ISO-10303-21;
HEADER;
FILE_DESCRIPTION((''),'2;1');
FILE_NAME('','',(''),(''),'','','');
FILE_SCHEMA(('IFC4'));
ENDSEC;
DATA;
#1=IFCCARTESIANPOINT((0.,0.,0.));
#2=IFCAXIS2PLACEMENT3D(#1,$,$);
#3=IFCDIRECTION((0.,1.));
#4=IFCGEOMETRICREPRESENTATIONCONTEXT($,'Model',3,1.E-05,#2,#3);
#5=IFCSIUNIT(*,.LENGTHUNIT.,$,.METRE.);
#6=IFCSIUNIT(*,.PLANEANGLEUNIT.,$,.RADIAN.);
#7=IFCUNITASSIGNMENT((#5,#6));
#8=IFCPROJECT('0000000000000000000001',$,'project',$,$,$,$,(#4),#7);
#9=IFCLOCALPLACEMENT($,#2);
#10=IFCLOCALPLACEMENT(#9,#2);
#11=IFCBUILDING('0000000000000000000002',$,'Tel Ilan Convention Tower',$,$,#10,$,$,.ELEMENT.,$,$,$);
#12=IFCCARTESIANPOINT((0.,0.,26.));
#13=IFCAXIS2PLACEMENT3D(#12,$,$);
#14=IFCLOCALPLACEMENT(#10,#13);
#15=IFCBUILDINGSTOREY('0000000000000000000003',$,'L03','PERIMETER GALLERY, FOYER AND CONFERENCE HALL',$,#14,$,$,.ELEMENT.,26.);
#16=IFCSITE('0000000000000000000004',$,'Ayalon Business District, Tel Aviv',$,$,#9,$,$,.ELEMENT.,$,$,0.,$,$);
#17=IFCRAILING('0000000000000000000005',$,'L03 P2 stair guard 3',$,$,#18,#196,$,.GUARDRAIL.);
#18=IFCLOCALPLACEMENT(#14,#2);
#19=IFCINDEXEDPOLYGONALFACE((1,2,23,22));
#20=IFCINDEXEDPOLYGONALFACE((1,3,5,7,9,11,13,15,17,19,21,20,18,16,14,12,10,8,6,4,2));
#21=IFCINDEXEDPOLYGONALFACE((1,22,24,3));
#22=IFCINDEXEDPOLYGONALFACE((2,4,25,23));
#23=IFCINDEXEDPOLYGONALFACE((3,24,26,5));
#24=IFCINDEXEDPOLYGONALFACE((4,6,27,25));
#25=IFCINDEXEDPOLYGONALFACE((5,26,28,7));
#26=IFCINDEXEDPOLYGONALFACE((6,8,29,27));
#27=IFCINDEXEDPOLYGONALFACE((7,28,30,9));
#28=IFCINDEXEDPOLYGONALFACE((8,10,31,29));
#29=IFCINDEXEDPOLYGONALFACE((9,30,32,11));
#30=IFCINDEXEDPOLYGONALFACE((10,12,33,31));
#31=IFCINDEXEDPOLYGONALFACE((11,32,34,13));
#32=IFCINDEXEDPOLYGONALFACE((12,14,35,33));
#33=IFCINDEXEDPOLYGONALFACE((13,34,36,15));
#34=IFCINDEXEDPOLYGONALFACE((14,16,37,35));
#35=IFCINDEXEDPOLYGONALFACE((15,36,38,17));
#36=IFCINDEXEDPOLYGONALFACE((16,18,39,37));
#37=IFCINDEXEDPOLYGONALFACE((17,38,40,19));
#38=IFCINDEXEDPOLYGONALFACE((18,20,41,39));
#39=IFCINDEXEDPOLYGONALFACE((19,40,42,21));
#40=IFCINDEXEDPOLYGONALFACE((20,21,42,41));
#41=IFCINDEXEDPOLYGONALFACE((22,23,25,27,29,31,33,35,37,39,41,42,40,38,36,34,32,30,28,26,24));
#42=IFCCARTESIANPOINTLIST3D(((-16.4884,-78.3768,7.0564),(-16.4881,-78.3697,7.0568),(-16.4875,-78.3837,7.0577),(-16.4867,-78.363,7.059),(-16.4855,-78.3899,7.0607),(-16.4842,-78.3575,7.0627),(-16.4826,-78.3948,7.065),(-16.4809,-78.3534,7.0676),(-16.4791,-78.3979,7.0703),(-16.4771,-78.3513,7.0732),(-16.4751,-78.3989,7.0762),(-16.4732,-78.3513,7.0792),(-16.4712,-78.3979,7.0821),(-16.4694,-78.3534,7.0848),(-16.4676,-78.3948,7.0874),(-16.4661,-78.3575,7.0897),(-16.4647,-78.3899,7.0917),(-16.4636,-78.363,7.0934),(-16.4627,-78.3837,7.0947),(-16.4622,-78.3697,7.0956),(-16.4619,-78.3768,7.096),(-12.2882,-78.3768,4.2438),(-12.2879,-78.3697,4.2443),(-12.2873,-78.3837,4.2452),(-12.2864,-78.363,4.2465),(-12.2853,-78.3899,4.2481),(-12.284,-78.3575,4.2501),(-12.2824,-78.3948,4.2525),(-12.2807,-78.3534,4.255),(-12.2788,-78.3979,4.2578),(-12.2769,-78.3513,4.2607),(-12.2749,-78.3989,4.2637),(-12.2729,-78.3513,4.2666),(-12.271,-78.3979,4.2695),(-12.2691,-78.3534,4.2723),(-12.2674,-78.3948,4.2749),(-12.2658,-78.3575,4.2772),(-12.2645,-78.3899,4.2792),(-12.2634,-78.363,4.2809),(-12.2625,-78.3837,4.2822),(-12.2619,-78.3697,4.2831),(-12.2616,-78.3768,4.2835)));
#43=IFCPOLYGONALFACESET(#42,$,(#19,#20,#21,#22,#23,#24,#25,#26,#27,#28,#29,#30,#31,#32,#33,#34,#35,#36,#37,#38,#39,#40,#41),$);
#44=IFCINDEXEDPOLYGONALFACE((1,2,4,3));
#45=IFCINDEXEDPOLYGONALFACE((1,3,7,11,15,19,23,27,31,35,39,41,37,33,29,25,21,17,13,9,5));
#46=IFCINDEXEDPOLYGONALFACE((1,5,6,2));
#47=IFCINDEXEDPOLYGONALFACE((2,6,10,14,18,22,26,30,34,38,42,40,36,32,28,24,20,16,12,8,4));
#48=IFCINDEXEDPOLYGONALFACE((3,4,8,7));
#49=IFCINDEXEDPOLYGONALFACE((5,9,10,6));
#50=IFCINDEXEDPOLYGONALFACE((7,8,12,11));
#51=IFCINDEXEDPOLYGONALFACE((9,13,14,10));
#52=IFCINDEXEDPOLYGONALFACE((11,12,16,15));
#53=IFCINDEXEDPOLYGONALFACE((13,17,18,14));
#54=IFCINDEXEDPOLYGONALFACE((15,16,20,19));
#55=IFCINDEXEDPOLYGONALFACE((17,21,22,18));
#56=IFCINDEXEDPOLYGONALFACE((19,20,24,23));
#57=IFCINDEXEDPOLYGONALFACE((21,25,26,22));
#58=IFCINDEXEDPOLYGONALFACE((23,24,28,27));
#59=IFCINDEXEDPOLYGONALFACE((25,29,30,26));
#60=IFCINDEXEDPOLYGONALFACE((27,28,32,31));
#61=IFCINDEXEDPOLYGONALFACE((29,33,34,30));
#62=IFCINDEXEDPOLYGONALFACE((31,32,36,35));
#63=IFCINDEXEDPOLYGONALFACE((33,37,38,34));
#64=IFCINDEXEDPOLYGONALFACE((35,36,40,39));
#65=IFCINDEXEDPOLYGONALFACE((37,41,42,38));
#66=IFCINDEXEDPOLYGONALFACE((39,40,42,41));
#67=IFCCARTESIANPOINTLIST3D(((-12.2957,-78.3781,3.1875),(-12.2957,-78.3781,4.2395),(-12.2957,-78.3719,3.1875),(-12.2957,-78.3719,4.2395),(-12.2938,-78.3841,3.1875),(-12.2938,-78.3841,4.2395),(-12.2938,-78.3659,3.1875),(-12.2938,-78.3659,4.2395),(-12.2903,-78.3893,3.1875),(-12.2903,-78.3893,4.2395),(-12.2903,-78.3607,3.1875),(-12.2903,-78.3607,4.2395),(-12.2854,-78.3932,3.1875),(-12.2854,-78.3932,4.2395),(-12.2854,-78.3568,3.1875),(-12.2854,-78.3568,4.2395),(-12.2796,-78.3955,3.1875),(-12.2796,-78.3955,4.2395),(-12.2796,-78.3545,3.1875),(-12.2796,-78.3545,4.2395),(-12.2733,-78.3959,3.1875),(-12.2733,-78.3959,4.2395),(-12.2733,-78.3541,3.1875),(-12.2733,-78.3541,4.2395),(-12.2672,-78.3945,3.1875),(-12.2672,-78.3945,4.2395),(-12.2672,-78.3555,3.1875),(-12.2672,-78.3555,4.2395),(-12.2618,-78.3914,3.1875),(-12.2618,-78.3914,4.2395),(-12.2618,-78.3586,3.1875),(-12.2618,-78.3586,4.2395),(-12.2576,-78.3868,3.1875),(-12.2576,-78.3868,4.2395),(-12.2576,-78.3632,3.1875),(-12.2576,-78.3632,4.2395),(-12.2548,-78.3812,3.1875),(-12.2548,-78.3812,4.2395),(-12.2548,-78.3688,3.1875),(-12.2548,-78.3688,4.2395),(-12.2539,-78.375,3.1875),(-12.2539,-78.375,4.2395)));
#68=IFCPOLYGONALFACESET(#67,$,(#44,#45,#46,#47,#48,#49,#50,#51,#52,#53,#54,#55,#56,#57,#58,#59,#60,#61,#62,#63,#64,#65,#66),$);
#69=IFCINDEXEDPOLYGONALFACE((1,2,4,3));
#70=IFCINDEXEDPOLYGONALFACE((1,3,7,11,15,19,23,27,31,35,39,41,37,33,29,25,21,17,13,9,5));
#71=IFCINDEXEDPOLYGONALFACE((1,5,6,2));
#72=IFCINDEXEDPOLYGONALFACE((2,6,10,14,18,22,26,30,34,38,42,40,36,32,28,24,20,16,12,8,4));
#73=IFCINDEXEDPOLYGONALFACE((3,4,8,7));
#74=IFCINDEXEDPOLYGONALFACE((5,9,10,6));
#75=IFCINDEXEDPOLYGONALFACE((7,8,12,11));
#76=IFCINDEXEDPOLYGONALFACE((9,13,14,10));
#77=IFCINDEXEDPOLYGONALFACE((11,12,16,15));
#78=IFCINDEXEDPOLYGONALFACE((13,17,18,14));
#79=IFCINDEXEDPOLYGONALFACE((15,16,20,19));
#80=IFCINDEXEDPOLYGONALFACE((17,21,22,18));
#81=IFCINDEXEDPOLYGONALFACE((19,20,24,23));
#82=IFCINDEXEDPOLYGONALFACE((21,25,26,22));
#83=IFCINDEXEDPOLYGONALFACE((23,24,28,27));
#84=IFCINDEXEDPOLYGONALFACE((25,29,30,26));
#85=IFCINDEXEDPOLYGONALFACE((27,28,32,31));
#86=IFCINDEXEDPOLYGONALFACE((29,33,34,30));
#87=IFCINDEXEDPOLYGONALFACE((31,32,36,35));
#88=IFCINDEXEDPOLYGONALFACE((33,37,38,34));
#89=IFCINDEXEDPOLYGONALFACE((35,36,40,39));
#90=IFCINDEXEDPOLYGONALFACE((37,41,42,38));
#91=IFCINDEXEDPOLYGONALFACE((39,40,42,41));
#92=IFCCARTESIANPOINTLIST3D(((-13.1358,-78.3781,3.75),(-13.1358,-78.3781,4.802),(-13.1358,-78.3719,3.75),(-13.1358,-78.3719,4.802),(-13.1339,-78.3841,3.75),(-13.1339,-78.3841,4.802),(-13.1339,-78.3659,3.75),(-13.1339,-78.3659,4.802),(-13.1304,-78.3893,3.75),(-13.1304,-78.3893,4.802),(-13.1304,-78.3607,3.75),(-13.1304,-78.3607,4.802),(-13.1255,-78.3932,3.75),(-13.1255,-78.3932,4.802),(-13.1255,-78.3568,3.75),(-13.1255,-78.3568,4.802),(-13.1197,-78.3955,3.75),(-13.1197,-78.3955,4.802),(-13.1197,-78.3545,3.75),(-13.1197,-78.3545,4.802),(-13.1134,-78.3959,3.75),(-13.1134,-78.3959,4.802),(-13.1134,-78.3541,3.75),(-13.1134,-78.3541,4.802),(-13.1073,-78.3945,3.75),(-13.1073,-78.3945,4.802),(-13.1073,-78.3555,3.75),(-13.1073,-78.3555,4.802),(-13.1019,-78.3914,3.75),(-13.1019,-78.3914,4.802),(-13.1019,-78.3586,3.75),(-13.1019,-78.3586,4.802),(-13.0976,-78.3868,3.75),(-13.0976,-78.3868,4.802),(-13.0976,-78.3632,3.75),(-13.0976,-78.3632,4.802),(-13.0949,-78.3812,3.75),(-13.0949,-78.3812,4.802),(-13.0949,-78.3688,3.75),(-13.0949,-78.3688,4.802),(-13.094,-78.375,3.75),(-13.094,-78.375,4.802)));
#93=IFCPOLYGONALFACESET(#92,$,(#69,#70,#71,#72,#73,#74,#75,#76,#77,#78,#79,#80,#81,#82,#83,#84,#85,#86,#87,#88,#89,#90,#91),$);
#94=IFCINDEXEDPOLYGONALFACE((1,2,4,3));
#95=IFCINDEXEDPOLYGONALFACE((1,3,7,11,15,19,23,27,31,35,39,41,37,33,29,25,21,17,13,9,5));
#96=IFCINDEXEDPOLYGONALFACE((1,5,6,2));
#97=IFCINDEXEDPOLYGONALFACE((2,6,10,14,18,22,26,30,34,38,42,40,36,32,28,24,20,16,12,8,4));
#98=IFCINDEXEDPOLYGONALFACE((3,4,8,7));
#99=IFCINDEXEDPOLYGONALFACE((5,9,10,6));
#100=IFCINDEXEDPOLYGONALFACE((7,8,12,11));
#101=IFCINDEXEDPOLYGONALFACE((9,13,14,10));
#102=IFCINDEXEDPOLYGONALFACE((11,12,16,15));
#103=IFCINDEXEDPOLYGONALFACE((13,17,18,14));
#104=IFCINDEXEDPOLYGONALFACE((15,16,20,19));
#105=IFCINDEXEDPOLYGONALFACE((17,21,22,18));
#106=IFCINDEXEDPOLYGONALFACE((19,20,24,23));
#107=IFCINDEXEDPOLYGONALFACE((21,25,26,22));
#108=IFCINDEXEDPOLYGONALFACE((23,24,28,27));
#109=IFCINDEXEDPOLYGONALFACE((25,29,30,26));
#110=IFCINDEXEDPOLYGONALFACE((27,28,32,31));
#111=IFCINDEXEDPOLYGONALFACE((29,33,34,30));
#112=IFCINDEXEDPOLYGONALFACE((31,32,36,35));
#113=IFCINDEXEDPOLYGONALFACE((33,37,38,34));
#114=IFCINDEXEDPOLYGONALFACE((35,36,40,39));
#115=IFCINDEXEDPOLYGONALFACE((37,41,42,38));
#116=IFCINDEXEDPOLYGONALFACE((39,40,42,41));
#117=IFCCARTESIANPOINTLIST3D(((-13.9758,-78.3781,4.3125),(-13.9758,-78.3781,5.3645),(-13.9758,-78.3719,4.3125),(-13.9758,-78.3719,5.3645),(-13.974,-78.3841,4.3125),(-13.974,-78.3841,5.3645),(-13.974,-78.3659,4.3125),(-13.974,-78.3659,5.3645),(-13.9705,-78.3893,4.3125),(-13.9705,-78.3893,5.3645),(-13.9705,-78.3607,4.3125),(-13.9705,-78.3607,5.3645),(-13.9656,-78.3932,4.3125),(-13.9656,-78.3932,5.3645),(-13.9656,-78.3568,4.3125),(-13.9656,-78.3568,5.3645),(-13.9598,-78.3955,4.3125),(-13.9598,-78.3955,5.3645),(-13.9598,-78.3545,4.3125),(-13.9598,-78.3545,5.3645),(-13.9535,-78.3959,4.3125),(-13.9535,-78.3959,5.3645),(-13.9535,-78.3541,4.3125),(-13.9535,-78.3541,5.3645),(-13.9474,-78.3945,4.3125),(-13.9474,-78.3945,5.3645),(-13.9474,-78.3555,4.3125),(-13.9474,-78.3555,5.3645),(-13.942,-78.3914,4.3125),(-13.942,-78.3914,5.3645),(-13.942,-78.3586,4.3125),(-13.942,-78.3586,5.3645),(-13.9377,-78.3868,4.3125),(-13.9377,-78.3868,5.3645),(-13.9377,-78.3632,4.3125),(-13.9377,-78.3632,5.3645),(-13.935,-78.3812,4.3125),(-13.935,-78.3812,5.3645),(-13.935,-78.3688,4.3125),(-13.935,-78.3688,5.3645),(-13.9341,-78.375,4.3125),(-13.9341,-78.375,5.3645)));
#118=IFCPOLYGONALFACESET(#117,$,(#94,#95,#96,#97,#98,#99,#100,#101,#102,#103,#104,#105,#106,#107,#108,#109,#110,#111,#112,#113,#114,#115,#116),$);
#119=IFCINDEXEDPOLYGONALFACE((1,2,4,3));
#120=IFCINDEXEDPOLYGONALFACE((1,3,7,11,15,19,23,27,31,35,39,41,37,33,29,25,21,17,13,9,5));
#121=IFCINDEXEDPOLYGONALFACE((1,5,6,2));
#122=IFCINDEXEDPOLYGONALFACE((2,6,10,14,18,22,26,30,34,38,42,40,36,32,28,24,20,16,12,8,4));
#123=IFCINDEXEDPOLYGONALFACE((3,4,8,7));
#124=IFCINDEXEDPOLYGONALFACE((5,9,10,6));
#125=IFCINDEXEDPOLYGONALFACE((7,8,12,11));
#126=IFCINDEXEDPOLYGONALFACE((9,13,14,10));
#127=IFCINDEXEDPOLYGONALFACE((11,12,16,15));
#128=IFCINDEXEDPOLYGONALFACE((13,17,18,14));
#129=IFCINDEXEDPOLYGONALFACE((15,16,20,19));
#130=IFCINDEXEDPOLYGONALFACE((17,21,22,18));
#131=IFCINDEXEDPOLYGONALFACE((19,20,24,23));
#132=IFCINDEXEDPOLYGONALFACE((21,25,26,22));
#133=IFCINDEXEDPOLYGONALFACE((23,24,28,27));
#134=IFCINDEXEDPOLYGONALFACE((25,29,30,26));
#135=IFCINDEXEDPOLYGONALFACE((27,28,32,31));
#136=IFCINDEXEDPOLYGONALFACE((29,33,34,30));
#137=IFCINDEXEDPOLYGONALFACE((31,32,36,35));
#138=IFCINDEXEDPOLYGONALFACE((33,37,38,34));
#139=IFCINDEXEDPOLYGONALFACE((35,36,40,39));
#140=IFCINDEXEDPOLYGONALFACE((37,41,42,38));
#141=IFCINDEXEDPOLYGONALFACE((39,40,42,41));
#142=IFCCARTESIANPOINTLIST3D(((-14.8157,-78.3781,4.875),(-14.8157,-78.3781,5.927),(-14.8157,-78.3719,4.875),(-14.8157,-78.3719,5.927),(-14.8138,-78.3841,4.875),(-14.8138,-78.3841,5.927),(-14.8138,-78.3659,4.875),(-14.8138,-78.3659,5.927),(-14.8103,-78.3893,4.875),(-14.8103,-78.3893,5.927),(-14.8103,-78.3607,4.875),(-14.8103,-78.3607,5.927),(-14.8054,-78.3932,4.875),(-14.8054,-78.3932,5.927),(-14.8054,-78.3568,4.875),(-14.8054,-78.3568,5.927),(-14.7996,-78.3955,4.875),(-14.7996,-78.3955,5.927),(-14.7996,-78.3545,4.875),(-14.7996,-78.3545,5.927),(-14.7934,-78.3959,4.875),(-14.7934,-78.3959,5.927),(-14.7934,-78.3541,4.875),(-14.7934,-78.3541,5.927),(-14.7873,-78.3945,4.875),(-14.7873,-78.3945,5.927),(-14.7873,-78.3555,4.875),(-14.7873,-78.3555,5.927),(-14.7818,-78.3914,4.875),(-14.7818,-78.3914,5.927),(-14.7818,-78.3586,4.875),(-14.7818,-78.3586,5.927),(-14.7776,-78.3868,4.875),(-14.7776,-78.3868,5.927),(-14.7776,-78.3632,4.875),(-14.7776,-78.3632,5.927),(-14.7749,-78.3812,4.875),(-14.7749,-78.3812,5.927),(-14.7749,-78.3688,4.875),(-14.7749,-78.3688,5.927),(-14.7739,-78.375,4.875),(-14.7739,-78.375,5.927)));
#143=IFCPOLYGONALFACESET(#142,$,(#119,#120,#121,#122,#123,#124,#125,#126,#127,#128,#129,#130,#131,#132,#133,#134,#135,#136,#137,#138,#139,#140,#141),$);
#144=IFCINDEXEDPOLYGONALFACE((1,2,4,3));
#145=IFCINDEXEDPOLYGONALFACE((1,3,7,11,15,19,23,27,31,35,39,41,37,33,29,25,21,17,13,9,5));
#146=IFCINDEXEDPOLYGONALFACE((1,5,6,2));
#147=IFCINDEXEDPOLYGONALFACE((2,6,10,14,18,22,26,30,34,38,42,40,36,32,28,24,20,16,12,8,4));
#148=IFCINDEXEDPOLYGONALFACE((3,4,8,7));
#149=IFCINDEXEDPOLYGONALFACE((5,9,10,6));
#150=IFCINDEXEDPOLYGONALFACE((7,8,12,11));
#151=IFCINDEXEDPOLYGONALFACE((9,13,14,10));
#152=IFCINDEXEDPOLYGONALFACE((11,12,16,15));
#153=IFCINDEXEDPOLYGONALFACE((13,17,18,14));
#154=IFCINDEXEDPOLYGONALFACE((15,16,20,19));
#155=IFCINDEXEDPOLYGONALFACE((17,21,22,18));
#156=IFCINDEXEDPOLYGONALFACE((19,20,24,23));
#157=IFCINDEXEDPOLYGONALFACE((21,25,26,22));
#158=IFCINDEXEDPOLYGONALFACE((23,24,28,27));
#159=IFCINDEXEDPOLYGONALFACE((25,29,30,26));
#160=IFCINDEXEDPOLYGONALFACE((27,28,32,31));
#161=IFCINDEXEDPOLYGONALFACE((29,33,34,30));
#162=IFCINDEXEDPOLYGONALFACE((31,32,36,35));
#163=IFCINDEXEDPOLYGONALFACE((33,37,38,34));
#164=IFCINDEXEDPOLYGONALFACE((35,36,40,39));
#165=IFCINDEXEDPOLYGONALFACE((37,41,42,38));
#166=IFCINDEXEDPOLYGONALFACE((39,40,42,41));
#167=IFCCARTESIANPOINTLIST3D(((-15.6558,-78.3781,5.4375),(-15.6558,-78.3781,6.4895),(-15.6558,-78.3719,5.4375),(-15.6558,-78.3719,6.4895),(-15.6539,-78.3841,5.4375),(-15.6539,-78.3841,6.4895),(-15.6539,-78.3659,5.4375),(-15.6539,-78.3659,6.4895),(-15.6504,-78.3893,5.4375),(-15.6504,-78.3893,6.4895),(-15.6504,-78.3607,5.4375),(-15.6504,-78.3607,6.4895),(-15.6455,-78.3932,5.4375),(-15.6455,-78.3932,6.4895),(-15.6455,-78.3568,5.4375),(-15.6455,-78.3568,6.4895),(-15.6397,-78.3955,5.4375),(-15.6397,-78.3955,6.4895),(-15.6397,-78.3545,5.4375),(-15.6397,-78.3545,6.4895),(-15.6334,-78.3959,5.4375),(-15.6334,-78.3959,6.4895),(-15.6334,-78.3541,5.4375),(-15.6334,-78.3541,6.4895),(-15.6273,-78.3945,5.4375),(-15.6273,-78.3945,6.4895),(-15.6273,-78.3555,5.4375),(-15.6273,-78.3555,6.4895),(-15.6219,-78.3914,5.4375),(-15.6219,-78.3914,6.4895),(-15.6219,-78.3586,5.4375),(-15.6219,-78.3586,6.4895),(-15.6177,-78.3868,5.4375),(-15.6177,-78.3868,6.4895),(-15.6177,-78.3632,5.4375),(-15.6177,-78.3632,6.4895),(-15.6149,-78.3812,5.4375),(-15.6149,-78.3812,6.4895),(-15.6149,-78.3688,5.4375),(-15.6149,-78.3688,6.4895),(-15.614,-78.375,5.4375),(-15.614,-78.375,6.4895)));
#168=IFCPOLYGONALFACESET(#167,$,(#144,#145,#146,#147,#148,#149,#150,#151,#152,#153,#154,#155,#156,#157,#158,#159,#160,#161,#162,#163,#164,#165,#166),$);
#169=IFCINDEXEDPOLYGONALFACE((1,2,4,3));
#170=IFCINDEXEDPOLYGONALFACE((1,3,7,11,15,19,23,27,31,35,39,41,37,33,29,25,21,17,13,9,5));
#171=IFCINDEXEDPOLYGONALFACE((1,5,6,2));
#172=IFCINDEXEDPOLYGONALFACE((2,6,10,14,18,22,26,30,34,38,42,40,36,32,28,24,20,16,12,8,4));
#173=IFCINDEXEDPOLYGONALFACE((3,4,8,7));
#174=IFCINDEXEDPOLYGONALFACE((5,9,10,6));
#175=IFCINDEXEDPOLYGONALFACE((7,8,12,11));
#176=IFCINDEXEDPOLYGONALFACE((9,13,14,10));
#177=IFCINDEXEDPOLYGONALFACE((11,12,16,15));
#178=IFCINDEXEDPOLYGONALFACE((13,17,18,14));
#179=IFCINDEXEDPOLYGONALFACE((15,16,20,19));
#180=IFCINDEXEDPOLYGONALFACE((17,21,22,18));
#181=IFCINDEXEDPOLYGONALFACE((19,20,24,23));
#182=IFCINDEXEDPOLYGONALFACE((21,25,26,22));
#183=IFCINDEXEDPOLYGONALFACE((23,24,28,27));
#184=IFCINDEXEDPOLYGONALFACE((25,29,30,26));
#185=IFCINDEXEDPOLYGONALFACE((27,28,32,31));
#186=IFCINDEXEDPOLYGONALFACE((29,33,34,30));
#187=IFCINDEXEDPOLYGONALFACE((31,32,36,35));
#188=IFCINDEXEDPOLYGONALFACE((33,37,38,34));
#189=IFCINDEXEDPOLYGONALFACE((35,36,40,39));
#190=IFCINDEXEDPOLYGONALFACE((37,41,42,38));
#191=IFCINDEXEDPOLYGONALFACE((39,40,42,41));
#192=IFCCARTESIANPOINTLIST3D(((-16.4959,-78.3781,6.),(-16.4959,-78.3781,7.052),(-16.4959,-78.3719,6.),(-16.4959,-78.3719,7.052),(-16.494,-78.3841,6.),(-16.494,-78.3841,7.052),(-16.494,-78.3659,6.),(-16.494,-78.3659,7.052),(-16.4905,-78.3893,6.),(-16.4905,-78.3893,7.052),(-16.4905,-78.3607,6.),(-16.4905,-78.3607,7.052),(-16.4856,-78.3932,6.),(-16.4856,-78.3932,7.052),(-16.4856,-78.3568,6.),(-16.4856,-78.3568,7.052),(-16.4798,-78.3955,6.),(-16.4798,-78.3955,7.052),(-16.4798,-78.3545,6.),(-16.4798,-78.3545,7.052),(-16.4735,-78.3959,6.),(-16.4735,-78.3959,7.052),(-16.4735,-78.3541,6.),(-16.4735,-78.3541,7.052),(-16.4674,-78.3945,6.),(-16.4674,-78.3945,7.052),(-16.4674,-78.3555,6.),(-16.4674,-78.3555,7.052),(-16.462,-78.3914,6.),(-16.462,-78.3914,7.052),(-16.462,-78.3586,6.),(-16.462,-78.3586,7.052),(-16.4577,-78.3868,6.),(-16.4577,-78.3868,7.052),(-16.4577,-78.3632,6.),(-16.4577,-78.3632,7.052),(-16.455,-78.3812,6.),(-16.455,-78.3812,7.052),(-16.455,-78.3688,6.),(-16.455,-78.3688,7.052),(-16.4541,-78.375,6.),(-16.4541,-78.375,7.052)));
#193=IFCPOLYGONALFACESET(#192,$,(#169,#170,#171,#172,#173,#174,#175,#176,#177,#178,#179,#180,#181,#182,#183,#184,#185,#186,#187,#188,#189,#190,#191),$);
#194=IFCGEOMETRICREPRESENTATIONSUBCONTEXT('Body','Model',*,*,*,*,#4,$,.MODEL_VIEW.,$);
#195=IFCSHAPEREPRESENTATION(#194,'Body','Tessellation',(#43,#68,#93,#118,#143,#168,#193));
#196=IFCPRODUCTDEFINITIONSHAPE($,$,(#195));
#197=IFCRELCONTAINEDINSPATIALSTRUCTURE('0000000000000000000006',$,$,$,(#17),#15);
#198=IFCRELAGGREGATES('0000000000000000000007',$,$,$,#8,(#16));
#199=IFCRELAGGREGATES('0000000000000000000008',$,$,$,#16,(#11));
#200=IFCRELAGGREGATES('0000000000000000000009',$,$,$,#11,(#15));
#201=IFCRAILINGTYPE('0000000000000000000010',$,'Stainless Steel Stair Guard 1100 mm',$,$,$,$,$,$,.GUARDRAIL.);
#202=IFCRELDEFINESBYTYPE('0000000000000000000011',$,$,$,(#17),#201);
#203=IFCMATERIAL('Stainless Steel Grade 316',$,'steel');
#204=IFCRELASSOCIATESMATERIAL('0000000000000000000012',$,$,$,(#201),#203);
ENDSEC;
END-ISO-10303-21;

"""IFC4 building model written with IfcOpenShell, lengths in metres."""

from ifc_helpers import new_model, si_unit, direction, frame, origin, origin_2d, place, context, subcontext, project, spatial, circle, extrude, material, type_object, element, save


model = new_model("IFC4")

# Units and contexts
model_context = context("Model", 3, precision=1e-05, world=origin(), true_north=direction((0.0, 1.0)))
body_context = subcontext(model_context, "Body", "Model", "MODEL_VIEW")
ifc_project = project(units=[si_unit("LENGTHUNIT", "METRE"), si_unit("PLANEANGLEUNIT", "RADIAN")], contexts=[model_context])

# Site, building, storey
site_placement = place(None, origin())
site = spatial("IfcSite", under=ifc_project, at=site_placement, Name="Ayalon Business District, Tel Aviv", CompositionType="ELEMENT", RefElevation=0.0)
building_placement = place(site_placement, origin())
building = spatial("IfcBuilding", under=site, at=building_placement, Name="Tel Ilan Convention Tower", CompositionType="ELEMENT")
storey_placement = place(building_placement, frame((0.0, 0.0, 26.0)))
storey = spatial("IfcBuildingStorey", under=building, at=storey_placement, Name="L03", Description="PERIMETER GALLERY, FOYER AND CONFERENCE HALL", CompositionType="ELEMENT", Elevation=26.0)

# Railing
ifc_material_1 = material(Name="Stainless Steel Grade 316", Category="steel")
railing_type_1 = type_object("IfcRailingType", Name="Stainless Steel Stair Guard 1100 mm", PredefinedType="GUARDRAIL", material=ifc_material_1)
railing_1_placement = place(storey_placement, frame((-12.2749, -78.375, 3.1875)))
element("IfcRailing", 1, at=railing_1_placement, inside=storey, type_object=railing_type_1, Name="L03 P2 stair guard 3", PredefinedType="GUARDRAIL", context=body_context, shape_type="SweptSolid", body=[
    extrude(circle(Radius=0.0239, at=origin_2d()), frame((0.0, 0.0, 1.0762), z_axis=(-0.830919, 0.0, 0.556393), x_axis=(0.0, -1.0, 0.0)), (0.0, 0.0, 1.0), 5.0549),
    extrude(circle(Radius=0.021, at=origin_2d()), origin(), (0.0, 0.0, 1.0), 1.052),
    extrude(circle(Radius=0.021, at=origin_2d()), frame((-0.8401, 0.0, 0.5625)), (0.0, 0.0, 1.0), 1.052),
    extrude(circle(Radius=0.021, at=origin_2d()), frame((-1.6802, 0.0, 1.125)), (0.0, 0.0, 1.0), 1.052),
    extrude(circle(Radius=0.021, at=origin_2d()), frame((-2.52, 0.0, 1.6875)), (0.0, 0.0, 1.0), 1.052),
    extrude(circle(Radius=0.021, at=origin_2d()), frame((-3.3601, 0.0, 2.25)), (0.0, 0.0, 1.0), 1.052),
    extrude(circle(Radius=0.021, at=origin_2d()), frame((-4.2002, 0.0, 2.8125)), (0.0, 0.0, 1.0), 1.052),
])

save(model, "model.ifc")
